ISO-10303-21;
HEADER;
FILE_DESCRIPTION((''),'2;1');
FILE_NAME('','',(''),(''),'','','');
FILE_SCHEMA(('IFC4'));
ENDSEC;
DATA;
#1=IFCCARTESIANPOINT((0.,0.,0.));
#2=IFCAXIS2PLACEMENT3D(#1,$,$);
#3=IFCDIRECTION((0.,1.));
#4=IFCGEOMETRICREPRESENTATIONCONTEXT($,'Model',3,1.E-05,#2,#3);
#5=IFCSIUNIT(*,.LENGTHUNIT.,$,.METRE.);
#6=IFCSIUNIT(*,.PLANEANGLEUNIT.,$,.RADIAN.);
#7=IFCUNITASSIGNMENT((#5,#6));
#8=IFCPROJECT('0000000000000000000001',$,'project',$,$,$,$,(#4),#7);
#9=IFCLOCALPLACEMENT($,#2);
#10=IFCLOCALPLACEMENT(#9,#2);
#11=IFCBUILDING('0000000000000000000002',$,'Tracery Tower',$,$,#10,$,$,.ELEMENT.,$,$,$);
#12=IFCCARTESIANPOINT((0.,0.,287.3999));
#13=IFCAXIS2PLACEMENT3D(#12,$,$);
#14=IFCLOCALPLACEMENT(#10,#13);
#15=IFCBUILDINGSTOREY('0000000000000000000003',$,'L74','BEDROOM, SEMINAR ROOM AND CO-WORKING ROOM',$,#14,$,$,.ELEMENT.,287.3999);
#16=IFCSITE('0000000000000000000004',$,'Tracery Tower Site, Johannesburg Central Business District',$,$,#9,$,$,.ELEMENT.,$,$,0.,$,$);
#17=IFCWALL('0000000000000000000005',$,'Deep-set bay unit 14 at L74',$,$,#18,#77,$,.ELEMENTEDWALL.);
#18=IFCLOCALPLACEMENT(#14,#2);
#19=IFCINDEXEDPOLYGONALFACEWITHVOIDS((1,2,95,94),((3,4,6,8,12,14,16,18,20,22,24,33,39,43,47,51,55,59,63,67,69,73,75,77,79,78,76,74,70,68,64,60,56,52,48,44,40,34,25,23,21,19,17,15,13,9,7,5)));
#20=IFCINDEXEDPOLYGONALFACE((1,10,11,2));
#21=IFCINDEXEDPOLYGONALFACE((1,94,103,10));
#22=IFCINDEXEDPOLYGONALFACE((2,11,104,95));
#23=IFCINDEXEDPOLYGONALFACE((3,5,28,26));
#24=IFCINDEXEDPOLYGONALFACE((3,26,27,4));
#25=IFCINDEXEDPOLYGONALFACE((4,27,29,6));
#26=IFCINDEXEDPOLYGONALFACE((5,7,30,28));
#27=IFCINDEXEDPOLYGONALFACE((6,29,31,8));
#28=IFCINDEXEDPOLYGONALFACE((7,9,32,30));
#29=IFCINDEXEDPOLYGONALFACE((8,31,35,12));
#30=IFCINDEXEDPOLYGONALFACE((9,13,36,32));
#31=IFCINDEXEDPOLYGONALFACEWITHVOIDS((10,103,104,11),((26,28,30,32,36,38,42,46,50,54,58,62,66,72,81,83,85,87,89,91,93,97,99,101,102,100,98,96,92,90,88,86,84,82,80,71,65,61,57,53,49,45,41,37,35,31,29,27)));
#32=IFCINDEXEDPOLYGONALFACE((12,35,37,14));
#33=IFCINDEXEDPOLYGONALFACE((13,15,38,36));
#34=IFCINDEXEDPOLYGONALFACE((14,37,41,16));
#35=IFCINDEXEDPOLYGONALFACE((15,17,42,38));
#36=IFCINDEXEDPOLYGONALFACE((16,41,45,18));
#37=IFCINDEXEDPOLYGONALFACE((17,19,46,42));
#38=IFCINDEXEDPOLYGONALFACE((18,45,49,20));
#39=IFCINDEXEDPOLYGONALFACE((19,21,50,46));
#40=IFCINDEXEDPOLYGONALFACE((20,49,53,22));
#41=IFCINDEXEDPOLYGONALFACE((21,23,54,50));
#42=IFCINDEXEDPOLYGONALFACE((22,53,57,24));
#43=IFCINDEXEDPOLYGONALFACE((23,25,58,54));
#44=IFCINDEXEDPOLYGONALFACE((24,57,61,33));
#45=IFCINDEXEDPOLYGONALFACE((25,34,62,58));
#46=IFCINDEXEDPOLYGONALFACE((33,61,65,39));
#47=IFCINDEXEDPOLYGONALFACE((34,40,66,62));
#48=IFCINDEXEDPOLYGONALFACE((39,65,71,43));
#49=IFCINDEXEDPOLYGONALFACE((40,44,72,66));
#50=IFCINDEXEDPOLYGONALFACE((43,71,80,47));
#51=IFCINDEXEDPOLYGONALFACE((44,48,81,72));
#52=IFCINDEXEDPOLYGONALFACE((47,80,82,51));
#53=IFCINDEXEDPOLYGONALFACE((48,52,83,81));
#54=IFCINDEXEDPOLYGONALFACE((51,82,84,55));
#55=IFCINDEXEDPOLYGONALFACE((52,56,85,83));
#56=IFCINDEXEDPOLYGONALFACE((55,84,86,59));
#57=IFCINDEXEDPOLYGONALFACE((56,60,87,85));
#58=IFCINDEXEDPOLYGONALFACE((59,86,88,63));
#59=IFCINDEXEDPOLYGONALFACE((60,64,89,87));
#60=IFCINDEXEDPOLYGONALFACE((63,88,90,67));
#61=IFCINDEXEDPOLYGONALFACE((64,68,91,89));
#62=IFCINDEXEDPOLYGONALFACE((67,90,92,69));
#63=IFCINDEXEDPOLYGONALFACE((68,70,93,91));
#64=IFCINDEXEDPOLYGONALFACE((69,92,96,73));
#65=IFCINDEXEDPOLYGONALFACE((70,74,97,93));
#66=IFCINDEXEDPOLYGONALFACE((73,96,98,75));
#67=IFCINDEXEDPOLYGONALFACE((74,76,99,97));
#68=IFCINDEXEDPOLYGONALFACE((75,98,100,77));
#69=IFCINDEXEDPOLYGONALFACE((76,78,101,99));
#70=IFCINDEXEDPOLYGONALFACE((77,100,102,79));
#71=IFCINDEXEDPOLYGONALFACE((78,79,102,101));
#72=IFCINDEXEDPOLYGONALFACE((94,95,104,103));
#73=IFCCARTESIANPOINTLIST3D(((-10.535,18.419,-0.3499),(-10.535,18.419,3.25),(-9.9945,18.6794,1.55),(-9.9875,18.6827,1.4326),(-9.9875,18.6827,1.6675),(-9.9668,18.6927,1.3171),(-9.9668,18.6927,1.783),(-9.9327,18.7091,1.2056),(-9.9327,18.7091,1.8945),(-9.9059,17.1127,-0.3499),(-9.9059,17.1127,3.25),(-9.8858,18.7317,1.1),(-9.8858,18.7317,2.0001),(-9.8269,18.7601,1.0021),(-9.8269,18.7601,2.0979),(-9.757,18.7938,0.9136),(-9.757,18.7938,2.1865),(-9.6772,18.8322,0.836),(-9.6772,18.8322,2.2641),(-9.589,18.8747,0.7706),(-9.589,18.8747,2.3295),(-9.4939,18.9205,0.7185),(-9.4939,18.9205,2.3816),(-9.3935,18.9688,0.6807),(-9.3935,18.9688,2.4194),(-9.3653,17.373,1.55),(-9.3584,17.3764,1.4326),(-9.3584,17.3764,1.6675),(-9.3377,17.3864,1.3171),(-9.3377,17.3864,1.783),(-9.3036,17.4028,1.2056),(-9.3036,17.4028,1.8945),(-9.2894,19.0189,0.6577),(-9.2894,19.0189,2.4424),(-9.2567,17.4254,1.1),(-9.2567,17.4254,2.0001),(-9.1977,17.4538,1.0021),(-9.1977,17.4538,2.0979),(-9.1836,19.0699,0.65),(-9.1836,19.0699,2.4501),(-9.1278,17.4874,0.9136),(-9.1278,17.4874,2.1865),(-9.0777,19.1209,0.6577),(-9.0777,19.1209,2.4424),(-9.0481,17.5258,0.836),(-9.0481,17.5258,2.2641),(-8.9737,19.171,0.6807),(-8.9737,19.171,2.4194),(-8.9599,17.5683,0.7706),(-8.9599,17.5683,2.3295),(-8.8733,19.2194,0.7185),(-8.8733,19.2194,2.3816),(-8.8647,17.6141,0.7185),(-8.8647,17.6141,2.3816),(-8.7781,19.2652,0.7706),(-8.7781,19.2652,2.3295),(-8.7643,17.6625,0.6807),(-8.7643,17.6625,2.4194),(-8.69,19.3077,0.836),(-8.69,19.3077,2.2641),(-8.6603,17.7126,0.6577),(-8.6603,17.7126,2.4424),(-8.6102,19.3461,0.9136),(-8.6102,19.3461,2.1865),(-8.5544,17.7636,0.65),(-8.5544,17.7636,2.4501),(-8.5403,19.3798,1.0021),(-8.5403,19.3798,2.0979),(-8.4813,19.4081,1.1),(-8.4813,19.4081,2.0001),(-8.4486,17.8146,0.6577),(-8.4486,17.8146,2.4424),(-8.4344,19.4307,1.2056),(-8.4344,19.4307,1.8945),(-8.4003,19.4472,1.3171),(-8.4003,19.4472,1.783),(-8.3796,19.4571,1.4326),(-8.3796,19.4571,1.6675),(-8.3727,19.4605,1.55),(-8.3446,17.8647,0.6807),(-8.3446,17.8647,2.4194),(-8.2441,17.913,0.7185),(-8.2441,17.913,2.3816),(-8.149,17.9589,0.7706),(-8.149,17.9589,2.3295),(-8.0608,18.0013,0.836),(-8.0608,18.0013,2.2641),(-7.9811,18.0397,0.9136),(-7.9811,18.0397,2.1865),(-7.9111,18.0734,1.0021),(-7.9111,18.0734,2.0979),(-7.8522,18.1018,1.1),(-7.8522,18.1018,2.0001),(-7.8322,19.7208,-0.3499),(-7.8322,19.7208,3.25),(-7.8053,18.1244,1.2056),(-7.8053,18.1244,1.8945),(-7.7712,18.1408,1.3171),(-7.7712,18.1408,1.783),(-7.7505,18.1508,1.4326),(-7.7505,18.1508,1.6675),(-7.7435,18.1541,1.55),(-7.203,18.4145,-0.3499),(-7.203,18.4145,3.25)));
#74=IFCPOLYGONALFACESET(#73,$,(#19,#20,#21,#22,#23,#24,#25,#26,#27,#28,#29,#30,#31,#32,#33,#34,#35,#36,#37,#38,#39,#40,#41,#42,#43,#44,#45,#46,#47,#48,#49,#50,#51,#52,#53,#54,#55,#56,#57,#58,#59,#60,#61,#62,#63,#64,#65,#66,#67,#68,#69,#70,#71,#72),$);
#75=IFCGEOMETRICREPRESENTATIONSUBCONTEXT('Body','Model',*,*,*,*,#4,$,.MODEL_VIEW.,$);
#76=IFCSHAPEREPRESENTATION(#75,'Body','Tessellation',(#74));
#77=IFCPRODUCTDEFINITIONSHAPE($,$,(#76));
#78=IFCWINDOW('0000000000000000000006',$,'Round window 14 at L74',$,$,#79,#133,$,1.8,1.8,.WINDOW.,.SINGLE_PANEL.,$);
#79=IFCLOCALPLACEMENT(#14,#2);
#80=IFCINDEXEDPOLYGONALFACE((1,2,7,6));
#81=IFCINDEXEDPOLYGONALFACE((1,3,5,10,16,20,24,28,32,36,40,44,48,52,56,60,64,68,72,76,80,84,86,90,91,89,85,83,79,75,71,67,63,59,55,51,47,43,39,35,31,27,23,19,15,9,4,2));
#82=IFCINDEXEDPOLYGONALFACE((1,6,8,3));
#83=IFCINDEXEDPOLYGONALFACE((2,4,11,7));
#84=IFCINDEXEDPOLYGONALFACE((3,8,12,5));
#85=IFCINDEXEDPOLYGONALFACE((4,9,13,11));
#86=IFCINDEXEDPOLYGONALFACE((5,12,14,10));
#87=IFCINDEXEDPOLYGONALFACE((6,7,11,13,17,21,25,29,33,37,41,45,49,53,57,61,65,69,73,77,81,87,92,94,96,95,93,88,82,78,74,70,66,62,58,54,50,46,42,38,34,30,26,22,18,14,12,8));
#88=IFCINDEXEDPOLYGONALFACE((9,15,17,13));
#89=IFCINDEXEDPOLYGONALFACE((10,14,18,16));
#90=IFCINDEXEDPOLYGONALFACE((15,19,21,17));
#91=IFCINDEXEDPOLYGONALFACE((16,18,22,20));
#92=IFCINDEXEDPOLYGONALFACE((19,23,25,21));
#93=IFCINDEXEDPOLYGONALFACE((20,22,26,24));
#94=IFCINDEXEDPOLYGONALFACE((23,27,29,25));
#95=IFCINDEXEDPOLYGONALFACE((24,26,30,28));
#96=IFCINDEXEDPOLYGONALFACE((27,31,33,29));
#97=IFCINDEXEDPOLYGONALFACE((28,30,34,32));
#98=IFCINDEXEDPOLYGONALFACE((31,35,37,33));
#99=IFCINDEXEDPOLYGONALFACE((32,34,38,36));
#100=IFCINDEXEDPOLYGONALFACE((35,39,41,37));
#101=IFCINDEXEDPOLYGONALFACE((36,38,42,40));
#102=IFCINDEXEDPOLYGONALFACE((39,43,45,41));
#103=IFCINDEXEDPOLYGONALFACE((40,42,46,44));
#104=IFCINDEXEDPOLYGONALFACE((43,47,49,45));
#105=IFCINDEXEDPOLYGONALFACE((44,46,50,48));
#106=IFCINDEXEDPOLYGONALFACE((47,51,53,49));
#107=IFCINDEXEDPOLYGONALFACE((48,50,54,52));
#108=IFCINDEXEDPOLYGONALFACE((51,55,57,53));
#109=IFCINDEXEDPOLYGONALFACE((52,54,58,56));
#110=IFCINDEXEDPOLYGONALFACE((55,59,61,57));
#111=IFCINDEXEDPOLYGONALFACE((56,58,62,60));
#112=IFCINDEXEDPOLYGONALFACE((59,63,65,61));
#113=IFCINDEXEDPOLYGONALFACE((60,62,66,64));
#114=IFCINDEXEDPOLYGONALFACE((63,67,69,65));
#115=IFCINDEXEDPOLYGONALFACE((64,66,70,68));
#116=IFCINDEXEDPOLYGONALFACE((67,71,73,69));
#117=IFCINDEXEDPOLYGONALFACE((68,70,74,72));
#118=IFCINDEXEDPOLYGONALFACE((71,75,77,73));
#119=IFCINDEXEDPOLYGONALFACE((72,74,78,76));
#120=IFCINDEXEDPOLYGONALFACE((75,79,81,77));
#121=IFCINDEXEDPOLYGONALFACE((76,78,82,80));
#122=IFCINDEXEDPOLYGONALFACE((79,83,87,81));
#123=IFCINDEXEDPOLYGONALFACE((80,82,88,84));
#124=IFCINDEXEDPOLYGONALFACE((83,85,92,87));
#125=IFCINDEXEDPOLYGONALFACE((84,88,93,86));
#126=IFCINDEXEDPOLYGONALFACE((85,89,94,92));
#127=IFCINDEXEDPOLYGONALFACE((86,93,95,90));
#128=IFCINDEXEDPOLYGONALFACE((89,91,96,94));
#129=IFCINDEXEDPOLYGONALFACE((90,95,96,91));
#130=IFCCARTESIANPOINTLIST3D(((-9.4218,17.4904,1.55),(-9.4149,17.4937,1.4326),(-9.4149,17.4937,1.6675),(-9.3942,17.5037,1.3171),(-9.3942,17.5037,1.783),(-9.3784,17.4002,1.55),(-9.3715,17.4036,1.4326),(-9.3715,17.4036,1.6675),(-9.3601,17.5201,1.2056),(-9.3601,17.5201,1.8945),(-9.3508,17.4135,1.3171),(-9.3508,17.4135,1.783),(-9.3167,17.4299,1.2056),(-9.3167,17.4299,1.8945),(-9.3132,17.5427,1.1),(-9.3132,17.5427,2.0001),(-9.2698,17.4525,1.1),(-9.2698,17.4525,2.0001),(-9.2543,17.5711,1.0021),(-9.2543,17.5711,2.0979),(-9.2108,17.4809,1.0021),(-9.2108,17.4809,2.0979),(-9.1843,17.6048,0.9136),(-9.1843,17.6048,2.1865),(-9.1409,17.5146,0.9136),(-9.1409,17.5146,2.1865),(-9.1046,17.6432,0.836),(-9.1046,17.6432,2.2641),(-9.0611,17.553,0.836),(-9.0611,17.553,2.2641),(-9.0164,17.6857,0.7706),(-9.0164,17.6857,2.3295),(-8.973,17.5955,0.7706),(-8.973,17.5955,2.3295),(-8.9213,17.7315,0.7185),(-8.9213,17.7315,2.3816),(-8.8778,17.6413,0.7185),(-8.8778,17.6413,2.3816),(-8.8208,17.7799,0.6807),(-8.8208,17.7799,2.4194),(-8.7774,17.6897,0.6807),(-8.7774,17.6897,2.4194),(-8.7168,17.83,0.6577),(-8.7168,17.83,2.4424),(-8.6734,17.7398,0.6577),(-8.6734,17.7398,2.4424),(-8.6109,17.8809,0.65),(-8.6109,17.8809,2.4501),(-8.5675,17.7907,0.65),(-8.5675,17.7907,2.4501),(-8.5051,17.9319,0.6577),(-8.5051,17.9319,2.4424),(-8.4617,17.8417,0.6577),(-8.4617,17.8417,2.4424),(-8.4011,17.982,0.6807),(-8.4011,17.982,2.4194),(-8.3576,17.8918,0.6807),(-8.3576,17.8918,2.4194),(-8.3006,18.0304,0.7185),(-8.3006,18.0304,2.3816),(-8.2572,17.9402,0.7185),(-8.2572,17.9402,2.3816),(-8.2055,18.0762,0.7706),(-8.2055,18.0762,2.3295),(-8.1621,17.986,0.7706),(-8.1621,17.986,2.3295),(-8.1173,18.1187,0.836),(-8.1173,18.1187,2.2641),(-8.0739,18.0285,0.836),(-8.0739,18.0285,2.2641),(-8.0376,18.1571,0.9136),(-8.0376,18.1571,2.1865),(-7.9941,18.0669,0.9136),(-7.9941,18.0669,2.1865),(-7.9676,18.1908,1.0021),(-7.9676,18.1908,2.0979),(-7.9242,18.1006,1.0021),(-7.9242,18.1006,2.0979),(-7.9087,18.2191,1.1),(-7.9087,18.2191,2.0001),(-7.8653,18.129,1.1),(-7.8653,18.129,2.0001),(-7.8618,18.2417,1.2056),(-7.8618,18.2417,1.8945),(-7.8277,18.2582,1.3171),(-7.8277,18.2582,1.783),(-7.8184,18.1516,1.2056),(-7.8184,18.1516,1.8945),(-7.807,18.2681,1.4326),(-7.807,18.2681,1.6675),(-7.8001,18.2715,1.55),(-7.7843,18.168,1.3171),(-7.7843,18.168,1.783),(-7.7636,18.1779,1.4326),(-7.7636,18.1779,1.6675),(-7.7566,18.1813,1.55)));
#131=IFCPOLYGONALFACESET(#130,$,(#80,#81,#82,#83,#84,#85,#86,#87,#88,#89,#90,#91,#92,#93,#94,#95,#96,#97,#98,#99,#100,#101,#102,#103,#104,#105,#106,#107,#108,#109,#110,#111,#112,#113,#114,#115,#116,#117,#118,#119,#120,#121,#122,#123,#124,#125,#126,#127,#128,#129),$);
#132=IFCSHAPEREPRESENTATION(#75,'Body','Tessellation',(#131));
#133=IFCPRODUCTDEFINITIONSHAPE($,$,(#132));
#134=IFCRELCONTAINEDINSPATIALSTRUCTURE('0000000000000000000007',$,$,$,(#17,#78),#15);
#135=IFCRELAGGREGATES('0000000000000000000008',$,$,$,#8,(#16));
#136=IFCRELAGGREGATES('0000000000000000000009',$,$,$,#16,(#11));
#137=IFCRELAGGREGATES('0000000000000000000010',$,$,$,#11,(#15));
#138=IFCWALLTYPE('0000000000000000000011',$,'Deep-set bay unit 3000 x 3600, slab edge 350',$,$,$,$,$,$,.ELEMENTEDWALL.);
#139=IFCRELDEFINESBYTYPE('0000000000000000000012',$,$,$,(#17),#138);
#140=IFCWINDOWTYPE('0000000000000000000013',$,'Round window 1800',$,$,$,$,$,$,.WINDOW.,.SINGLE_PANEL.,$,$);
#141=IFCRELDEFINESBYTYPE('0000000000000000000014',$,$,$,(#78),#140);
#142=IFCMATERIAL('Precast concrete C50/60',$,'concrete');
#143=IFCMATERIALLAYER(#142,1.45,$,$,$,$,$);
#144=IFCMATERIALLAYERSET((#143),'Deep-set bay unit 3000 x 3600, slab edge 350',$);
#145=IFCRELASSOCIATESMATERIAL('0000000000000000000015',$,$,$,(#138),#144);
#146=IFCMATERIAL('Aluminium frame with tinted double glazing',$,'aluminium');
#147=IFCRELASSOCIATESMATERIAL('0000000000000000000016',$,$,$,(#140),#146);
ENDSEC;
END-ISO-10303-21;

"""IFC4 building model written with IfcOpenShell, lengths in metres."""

from ifc_helpers import new_model, si_unit, direction, frame, frame_2d, origin, origin_2d, place, context, subcontext, project, spatial, rectangle, circle, extrude, material, layer, layer_set, type_object, element, fill, save


model = new_model("IFC4")

# Units and contexts
model_context = context("Model", 3, precision=1e-05, world=origin(), true_north=direction((0.0, 1.0)))
body_context = subcontext(model_context, "Body", "Model", "MODEL_VIEW")
ifc_project = project(units=[si_unit("LENGTHUNIT", "METRE"), si_unit("PLANEANGLEUNIT", "RADIAN")], contexts=[model_context])

# Site, building, storey
site_placement = place(None, origin())
site = spatial("IfcSite", under=ifc_project, at=site_placement, Name="Tracery Tower Site, Johannesburg Central Business District", CompositionType="ELEMENT", RefElevation=0.0)
building_placement = place(site_placement, origin())
building = spatial("IfcBuilding", under=site, at=building_placement, Name="Tracery Tower", CompositionType="ELEMENT")
storey_placement = place(building_placement, frame((0.0, 0.0, 287.3999)))
storey = spatial("IfcBuildingStorey", under=building, at=storey_placement, Name="L74", Description="BEDROOM, SEMINAR ROOM AND CO-WORKING ROOM", CompositionType="ELEMENT", Elevation=287.3999)

# Wall, opening, window
ifc_material_1 = material(Name="Precast concrete C50/60", Category="concrete")
ifc_layer_1 = layer(ifc_material_1, 1.45)
ifc_layer_set_1 = layer_set([ifc_layer_1], Name="Deep-set bay unit 3000 x 3600, slab edge 350")
wall_type_1 = type_object("IfcWallType", Name="Deep-set bay unit 3000 x 3600, slab edge 350", PredefinedType="ELEMENTEDWALL", material=ifc_layer_set_1)
wall_1_placement = place(storey_placement, frame((-7.5176, 19.0676, -0.3499), z_axis=(0.0, 0.0, 1.0), x_axis=(-0.900953, -0.433916, 0.0)))
wall_1 = element("IfcWall", 1, at=wall_1_placement, inside=storey, type_object=wall_type_1, Name="Deep-set bay unit 14 at L74", PredefinedType="ELEMENTEDWALL", context=body_context, shape_type="SweptSolid", body=[
    extrude(rectangle(XDim=3.0, YDim=1.45, at=frame_2d((1.5, 0.0))), origin(), (0.0, 0.0, 1.0), 3.5999),
])
opening_1_placement = place(wall_1_placement, frame((1.5, 0.0, 1.8999)))
opening_1 = element("IfcOpeningElement", 2, at=opening_1_placement, cuts=wall_1, PredefinedType="OPENING", context=body_context, shape_type="SweptSolid", body=[
    extrude(circle(Radius=0.9, at=origin_2d()), frame((0.0, 0.7349, 0.0), z_axis=(0.0, -1.0, 0.0), x_axis=(1.0, 0.0, 0.0)), (0.0, 0.0, 1.0), 1.47),
])
ifc_material_2 = material(Name="Aluminium frame with tinted double glazing", Category="aluminium")
window_type = type_object("IfcWindowType", Name="Round window 1800", PartitioningType="SINGLE_PANEL", PredefinedType="WINDOW", material=ifc_material_2)
window_1_placement = place(opening_1_placement, origin())
window_1 = element("IfcWindow", 3, at=window_1_placement, inside=storey, type_object=window_type, Name="Round window 14 at L74", OverallHeight=1.8, OverallWidth=1.8, PartitioningType="SINGLE_PANEL", PredefinedType="WINDOW", context=body_context, shape_type="SweptSolid", body=[
    extrude(circle(Radius=0.9, at=origin_2d()), frame((0.0, 0.6948, 0.0), z_axis=(0.0, -1.0, 0.0), x_axis=(1.0, 0.0, 0.0)), (0.0, 0.0, 1.0), 0.1001),
])
fill(opening_1, window_1)

save(model, "model.ifc")
